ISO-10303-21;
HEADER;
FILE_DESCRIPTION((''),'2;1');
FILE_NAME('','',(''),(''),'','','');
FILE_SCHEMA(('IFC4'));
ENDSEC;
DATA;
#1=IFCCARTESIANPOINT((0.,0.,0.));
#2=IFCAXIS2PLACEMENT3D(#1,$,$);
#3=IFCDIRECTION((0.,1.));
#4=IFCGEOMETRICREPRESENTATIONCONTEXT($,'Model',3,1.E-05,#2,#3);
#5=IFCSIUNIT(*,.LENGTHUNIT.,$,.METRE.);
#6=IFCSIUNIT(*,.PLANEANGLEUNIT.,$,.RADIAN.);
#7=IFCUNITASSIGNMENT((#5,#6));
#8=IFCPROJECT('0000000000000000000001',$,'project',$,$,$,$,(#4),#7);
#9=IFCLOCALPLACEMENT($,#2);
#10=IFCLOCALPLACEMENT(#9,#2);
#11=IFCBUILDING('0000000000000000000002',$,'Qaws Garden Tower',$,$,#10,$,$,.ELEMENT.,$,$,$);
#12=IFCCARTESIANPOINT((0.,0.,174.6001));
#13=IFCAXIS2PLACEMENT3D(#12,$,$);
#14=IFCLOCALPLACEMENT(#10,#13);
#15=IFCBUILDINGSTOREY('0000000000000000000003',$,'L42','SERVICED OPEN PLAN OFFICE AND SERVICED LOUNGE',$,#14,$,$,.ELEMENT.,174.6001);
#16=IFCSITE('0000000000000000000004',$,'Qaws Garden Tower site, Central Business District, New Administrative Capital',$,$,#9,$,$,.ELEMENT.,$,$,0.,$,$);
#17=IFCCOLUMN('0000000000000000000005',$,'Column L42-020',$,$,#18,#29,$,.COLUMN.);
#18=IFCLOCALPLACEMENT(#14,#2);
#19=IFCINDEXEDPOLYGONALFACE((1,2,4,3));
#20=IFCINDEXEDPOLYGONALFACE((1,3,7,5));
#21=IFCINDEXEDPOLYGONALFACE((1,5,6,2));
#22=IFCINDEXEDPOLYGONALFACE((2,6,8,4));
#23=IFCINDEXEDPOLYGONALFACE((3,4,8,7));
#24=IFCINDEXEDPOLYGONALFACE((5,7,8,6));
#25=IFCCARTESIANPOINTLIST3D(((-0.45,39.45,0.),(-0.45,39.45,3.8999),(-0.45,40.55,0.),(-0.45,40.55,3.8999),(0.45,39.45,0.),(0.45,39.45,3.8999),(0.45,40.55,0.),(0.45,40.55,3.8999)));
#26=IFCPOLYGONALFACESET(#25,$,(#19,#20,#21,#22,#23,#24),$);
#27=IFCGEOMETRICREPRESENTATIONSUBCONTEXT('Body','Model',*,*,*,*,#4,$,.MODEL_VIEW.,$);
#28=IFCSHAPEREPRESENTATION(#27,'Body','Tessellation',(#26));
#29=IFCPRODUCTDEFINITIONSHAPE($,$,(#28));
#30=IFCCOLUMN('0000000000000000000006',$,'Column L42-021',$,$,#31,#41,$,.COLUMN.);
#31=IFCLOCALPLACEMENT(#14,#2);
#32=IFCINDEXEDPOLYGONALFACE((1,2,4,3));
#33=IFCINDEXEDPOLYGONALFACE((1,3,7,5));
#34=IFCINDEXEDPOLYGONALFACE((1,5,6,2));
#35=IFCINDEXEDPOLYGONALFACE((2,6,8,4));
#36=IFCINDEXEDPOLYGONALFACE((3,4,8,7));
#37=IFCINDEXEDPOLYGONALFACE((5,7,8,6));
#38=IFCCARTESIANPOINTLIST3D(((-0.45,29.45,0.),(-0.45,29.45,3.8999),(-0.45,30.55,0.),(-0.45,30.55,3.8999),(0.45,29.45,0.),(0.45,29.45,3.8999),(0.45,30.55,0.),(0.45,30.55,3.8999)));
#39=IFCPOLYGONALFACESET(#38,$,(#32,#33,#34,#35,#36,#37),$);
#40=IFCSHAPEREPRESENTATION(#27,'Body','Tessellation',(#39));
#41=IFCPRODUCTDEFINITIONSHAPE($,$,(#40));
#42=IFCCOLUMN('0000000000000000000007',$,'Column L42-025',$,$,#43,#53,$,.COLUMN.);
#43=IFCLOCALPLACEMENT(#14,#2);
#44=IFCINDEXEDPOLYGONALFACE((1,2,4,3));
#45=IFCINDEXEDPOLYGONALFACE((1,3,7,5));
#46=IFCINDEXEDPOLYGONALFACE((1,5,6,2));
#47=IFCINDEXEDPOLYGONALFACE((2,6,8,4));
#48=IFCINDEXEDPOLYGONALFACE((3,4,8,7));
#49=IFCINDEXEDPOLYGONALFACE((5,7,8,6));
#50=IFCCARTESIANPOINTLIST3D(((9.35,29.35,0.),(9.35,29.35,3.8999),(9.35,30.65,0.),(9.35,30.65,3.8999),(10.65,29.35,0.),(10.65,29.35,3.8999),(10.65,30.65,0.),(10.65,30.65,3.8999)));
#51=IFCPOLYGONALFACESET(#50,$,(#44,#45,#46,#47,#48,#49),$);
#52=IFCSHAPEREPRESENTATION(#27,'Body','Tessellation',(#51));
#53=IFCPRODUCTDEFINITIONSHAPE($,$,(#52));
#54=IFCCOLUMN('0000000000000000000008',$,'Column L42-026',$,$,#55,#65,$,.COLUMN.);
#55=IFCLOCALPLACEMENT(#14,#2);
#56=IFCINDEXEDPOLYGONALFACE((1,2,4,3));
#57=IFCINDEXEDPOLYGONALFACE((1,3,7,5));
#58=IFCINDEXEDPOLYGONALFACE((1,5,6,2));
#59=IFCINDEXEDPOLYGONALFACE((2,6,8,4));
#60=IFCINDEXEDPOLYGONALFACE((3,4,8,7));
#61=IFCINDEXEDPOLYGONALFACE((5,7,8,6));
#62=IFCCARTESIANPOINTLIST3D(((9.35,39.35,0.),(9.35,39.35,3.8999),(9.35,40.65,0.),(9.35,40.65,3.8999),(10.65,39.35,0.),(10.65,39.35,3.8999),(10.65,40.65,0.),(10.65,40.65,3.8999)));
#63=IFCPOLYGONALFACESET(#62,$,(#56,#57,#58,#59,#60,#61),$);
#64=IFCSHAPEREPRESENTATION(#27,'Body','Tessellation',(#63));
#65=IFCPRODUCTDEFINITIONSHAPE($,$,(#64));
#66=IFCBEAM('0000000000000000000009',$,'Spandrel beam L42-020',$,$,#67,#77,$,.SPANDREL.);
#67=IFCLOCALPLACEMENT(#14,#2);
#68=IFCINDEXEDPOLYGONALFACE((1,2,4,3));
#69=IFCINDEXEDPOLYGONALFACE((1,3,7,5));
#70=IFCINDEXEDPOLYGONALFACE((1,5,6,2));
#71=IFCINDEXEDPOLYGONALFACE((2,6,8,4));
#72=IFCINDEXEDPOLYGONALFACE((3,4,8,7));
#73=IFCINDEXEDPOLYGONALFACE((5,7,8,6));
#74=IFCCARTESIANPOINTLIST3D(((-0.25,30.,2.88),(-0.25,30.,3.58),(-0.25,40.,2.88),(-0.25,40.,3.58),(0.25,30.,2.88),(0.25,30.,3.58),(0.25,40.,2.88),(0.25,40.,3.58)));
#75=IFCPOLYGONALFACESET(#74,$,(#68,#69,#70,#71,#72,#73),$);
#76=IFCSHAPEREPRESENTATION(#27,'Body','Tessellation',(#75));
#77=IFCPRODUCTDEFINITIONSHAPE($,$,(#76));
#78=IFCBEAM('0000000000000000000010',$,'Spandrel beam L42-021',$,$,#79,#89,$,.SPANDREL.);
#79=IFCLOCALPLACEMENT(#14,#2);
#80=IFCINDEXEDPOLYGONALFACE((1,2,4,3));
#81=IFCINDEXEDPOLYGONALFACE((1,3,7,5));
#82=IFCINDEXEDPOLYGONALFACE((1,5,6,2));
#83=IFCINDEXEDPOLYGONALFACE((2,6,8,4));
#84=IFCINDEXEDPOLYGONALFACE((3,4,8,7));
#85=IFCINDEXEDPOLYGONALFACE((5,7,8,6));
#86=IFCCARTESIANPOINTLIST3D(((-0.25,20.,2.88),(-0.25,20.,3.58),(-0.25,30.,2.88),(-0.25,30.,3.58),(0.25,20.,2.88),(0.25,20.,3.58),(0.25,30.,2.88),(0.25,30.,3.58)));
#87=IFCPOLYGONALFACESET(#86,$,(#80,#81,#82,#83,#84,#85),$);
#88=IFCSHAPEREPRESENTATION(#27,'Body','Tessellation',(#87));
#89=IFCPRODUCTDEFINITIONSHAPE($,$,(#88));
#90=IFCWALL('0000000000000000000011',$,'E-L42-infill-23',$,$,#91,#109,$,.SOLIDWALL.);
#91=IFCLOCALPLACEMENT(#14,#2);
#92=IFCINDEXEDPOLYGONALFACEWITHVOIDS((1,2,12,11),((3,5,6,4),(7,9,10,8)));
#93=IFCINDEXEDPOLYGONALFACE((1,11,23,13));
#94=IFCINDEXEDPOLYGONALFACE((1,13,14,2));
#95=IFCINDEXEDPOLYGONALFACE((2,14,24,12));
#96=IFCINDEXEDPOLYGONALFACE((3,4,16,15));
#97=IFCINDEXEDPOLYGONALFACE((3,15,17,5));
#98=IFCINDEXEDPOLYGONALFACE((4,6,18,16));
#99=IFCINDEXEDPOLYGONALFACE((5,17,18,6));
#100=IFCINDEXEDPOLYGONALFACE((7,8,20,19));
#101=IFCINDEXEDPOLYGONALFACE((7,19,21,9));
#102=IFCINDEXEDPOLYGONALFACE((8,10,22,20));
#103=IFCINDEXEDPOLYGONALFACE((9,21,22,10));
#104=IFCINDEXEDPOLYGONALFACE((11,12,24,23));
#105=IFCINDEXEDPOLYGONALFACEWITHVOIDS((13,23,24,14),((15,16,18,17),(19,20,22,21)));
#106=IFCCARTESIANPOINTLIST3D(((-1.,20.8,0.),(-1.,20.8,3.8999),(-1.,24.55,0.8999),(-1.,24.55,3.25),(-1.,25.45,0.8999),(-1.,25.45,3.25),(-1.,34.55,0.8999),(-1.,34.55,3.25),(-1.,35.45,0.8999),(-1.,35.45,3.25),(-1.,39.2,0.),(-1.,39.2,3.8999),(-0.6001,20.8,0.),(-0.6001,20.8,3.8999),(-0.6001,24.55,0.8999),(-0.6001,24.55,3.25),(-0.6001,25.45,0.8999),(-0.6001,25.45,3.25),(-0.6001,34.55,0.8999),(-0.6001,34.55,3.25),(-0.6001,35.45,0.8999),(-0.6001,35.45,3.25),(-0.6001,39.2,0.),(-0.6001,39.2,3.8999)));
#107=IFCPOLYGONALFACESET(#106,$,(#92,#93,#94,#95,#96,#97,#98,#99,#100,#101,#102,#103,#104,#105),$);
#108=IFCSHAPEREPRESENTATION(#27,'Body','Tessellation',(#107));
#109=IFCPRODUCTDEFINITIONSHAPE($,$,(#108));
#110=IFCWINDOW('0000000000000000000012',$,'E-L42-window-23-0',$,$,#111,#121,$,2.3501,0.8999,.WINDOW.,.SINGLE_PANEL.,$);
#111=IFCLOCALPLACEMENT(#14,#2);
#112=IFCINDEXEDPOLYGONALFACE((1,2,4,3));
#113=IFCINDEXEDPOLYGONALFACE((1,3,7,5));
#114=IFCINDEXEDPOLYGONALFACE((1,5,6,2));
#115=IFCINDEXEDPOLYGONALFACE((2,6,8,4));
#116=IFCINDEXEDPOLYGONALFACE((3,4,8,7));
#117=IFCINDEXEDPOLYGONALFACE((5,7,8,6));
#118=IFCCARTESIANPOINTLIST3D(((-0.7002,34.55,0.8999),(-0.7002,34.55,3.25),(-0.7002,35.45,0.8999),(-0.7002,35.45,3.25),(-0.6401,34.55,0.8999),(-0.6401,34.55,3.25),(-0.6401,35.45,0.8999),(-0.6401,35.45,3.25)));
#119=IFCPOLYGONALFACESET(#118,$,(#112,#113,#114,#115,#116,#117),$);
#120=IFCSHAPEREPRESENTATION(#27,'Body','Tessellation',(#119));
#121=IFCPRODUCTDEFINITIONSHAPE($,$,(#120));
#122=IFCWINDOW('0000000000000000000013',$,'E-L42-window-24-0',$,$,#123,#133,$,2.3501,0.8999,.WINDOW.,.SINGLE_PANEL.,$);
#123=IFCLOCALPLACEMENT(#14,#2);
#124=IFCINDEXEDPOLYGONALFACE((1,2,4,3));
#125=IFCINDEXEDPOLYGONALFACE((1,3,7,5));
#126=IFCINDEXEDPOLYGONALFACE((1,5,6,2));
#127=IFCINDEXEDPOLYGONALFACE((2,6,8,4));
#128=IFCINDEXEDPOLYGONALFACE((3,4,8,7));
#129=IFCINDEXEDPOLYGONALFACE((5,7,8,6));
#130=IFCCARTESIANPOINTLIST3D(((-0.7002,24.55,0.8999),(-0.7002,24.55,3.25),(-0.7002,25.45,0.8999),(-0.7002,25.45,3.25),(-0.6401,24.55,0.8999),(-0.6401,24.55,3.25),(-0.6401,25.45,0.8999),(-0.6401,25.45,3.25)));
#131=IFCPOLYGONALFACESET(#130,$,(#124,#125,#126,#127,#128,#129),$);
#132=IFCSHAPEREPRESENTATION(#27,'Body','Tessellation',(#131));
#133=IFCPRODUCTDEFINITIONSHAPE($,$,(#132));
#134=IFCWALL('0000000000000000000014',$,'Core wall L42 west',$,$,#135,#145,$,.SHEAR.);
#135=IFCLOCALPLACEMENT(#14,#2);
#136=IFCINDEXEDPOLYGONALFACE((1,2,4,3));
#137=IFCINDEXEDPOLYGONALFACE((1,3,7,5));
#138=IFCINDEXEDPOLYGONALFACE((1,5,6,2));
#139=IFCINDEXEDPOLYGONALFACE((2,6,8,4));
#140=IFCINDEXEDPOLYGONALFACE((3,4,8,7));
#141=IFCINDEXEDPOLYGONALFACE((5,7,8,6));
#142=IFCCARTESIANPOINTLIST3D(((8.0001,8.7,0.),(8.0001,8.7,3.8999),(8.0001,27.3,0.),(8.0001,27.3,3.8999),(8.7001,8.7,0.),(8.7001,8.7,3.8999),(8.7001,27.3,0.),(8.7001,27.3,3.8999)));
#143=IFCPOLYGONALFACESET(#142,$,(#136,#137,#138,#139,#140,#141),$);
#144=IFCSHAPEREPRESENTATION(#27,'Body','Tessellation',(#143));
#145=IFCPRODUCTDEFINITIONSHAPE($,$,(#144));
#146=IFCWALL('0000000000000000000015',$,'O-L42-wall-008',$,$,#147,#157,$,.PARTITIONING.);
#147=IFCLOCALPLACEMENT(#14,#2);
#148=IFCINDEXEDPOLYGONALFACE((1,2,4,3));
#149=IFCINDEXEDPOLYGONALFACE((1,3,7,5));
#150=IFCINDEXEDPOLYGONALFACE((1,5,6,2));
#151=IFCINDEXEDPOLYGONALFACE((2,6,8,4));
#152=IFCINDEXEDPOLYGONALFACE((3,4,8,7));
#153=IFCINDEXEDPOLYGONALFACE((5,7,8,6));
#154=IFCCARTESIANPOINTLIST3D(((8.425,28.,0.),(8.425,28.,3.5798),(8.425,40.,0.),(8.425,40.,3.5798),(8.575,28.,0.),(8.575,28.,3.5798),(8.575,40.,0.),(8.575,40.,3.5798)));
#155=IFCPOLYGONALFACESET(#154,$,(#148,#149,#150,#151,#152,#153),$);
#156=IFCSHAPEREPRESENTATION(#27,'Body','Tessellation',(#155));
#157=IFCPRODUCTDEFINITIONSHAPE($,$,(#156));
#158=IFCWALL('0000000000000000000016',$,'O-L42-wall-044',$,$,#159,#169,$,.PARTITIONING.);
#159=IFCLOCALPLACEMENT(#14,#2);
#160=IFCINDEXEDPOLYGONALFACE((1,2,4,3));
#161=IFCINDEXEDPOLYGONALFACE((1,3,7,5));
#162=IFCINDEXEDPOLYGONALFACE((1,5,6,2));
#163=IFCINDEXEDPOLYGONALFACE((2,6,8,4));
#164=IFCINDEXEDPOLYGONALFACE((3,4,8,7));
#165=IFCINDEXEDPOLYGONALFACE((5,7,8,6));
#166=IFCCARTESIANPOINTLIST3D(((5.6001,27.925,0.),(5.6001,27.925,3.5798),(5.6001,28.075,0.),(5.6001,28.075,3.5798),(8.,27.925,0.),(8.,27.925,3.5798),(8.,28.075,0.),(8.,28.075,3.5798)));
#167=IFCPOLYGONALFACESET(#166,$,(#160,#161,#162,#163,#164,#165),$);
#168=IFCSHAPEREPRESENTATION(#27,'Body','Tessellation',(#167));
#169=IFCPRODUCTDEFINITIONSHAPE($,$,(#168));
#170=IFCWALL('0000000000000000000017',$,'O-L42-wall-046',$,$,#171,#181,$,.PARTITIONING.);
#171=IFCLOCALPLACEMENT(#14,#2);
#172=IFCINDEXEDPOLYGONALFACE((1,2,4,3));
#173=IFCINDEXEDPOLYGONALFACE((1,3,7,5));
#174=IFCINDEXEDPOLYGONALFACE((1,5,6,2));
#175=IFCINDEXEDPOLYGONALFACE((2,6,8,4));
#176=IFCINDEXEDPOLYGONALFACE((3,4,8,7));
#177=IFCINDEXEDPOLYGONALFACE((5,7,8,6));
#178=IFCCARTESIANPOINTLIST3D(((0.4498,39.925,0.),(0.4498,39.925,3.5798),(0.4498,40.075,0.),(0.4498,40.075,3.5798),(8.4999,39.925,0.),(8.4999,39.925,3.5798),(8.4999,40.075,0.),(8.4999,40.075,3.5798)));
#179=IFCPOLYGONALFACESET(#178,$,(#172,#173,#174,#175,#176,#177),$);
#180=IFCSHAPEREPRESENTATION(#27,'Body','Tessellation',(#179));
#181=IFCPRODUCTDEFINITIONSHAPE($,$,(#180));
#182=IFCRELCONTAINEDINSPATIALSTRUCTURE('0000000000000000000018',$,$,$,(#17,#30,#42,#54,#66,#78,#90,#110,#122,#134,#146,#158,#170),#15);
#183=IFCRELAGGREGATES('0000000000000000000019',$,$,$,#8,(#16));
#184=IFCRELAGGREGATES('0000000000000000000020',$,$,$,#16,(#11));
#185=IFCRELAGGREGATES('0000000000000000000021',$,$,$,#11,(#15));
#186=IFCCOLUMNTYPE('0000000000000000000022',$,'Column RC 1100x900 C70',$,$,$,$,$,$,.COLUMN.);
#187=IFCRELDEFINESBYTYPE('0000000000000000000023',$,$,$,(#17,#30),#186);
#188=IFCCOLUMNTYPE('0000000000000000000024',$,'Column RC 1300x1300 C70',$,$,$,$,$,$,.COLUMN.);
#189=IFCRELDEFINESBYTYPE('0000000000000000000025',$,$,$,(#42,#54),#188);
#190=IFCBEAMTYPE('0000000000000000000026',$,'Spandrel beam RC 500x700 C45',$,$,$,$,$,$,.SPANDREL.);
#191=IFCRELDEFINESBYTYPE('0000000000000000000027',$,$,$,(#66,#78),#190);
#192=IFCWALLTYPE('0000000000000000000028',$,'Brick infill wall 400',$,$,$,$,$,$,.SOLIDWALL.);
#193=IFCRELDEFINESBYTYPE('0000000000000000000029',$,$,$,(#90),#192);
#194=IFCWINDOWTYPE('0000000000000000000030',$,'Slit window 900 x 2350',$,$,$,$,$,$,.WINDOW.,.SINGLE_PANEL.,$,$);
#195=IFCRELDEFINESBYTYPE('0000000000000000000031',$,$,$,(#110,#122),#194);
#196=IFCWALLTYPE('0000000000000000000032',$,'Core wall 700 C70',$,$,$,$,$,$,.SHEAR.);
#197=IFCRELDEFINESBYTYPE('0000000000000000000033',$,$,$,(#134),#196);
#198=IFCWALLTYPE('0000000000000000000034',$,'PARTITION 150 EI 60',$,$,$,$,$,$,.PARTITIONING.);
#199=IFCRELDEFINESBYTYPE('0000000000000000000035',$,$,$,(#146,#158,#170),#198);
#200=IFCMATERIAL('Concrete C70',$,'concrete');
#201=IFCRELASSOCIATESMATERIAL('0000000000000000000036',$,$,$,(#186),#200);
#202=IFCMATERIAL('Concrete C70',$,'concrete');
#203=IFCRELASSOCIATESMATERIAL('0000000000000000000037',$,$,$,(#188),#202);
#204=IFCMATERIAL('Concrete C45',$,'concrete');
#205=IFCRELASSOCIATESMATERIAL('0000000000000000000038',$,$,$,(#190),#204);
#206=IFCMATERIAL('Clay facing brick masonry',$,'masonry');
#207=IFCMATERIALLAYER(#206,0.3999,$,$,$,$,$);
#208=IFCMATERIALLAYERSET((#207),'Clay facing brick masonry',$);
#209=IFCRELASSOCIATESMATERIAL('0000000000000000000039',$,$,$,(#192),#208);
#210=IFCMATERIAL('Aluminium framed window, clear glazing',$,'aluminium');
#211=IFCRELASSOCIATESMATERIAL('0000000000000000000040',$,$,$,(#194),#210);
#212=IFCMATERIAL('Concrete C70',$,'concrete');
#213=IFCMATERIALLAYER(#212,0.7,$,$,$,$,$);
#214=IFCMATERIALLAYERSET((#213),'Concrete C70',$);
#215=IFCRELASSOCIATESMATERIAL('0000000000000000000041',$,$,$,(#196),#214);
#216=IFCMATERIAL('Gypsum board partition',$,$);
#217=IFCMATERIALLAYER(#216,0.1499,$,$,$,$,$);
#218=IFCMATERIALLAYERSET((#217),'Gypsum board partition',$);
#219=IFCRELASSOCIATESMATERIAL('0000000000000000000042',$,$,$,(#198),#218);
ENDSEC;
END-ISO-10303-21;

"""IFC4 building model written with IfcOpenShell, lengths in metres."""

from ifc_helpers import new_model, si_unit, direction, frame, frame_2d, origin, origin_2d, place, context, subcontext, project, spatial, rectangle, extrude, material, layer, layer_set, material_profile, profile_set, type_object, element, fill, save


model = new_model("IFC4")

# Units and contexts
model_context = context("Model", 3, precision=1e-05, world=origin(), true_north=direction((0.0, 1.0)))
body_context = subcontext(model_context, "Body", "Model", "MODEL_VIEW")
ifc_project = project(units=[si_unit("LENGTHUNIT", "METRE"), si_unit("PLANEANGLEUNIT", "RADIAN")], contexts=[model_context])

# Site, building, storey
site_placement = place(None, origin())
site = spatial("IfcSite", under=ifc_project, at=site_placement, Name="Qaws Garden Tower site, Central Business District, New Administrative Capital", CompositionType="ELEMENT", RefElevation=0.0)
building_placement = place(site_placement, origin())
building = spatial("IfcBuilding", under=site, at=building_placement, Name="Qaws Garden Tower", CompositionType="ELEMENT")
storey_placement = place(building_placement, frame((0.0, 0.0, 174.6001)))
storey = spatial("IfcBuildingStorey", under=building, at=storey_placement, Name="L42", Description="SERVICED OPEN PLAN OFFICE AND SERVICED LOUNGE", CompositionType="ELEMENT", Elevation=174.6001)

# Columns
ifc_material_1 = material(Name="Concrete C70", Category="concrete")
ifc_material_profile_1 = material_profile(ifc_material_1, rectangle(XDim=1.1001, YDim=0.8999, at=origin_2d()), Name="RC 1100x900")
ifc_profile_set_1 = profile_set([ifc_material_profile_1], Name="Concrete C70")
column_type_1 = type_object("IfcColumnType", Name="Column RC 1100x900 C70", PredefinedType="COLUMN", material=ifc_profile_set_1)
for number, where, z_axis, x_axis, name in (
    (1, (0.0, 40.0, 0.0), (0.0, 0.0, 1.0), (0.0, 1.0, 0.0), "Column L42-020"),
    (2, (0.0, 30.0, 0.0), (0.0, 0.0, 1.0), (0.0, 1.0, 0.0), "Column L42-021"),
):
    element("IfcColumn", number, at=place(storey_placement, frame(where, z_axis=z_axis, x_axis=x_axis)), inside=storey, type_object=column_type_1, Name=name, PredefinedType="COLUMN", context=body_context, shape_type="SweptSolid", body=[
        extrude(rectangle(XDim=1.1001, YDim=0.8999, at=origin_2d()), origin(), (0.0, 0.0, 1.0), 3.8999),
    ])
ifc_material_2 = material(Name="Concrete C70", Category="concrete")
ifc_material_profile_2 = material_profile(ifc_material_2, rectangle(XDim=1.3, YDim=1.3, at=origin_2d()), Name="RC 1300x1300")
ifc_profile_set_2 = profile_set([ifc_material_profile_2], Name="Concrete C70")
column_type_2 = type_object("IfcColumnType", Name="Column RC 1300x1300 C70", PredefinedType="COLUMN", material=ifc_profile_set_2)
for number, where, z_axis, x_axis, name in (
    (3, (10.0, 30.0, 0.0), (0.0, 0.0, 1.0), (1.0, 0.0, 0.0), "Column L42-025"),
    (4, (10.0, 40.0, 0.0), (0.0, 0.0, 1.0), (1.0, 0.0, 0.0), "Column L42-026"),
):
    element("IfcColumn", number, at=place(storey_placement, frame(where, z_axis=z_axis, x_axis=x_axis)), inside=storey, type_object=column_type_2, Name=name, PredefinedType="COLUMN", context=body_context, shape_type="SweptSolid", body=[
        extrude(rectangle(XDim=1.3, YDim=1.3, at=origin_2d()), origin(), (0.0, 0.0, 1.0), 3.8999),
    ])

# Beams
ifc_material_3 = material(Name="Concrete C45", Category="concrete")
ifc_material_profile_3 = material_profile(ifc_material_3, rectangle(XDim=0.5, YDim=0.7, at=origin_2d()), Name="RC 500x700")
ifc_profile_set_3 = profile_set([ifc_material_profile_3], Name="Concrete C45")
beam_type = type_object("IfcBeamType", Name="Spandrel beam RC 500x700 C45", PredefinedType="SPANDREL", material=ifc_profile_set_3)
for number, where, z_axis, x_axis, name in (
    (5, (0.0, 40.0, 3.23), (0.0, -1.0, 0.0), (1.0, 0.0, 0.0), "Spandrel beam L42-020"),
    (6, (0.0, 30.0, 3.23), (0.0, -1.0, 0.0), (1.0, 0.0, 0.0), "Spandrel beam L42-021"),
):
    element("IfcBeam", number, at=place(storey_placement, frame(where, z_axis=z_axis, x_axis=x_axis)), inside=storey, type_object=beam_type, Name=name, PredefinedType="SPANDREL", context=body_context, shape_type="SweptSolid", body=[
        extrude(rectangle(XDim=0.5, YDim=0.7, at=origin_2d()), origin(), (0.0, 0.0, 1.0), 10.0),
    ])

# Wall, openings, windows
ifc_material_4 = material(Name="Clay facing brick masonry", Category="masonry")
ifc_layer_1 = layer(ifc_material_4, 0.3999)
ifc_layer_set_1 = layer_set([ifc_layer_1], Name="Clay facing brick masonry")
wall_type_1 = type_object("IfcWallType", Name="Brick infill wall 400", PredefinedType="SOLIDWALL", material=ifc_layer_set_1)
wall_1_placement = place(storey_placement, frame((-0.8, 39.2, 0.0), z_axis=(0.0, 0.0, 1.0), x_axis=(0.0, -1.0, 0.0)))
wall_1 = element("IfcWall", 7, at=wall_1_placement, inside=storey, type_object=wall_type_1, Name="E-L42-infill-23", PredefinedType="SOLIDWALL", context=body_context, shape_type="SweptSolid", body=[
    extrude(rectangle(XDim=18.3999, YDim=0.3999, at=frame_2d((9.2, 0.0))), origin(), (0.0, 0.0, 1.0), 3.8999),
])
opening_1_placement = place(wall_1_placement, frame((3.75, 0.0, 0.8999)))
opening_1 = element("IfcOpeningElement", 8, at=opening_1_placement, cuts=wall_1, PredefinedType="OPENING", context=body_context, shape_type="SweptSolid", body=[
    extrude(rectangle(XDim=0.8999, YDim=2.3501, at=frame_2d((0.45, 1.175))), frame((0.0, 0.21, 0.0), z_axis=(0.0, -1.0, 0.0), x_axis=(1.0, 0.0, 0.0)), (0.0, 0.0, 1.0), 0.4199),
])
opening_2_placement = place(wall_1_placement, frame((13.75, 0.0, 0.8999)))
opening_2 = element("IfcOpeningElement", 9, at=opening_2_placement, cuts=wall_1, PredefinedType="OPENING", context=body_context, shape_type="SweptSolid", body=[
    extrude(rectangle(XDim=0.8999, YDim=2.3501, at=frame_2d((0.45, 1.175))), frame((0.0, 0.21, 0.0), z_axis=(0.0, -1.0, 0.0), x_axis=(1.0, 0.0, 0.0)), (0.0, 0.0, 1.0), 0.4199),
])
ifc_material_5 = material(Name="Aluminium framed window, clear glazing", Category="aluminium")
window_type = type_object("IfcWindowType", Name="Slit window 900 x 2350", PartitioningType="SINGLE_PANEL", PredefinedType="WINDOW", material=ifc_material_5)
window_1_placement = place(opening_1_placement, origin())
window_1 = element("IfcWindow", 10, at=window_1_placement, inside=storey, type_object=window_type, Name="E-L42-window-23-0", OverallHeight=2.3501, OverallWidth=0.8999, PartitioningType="SINGLE_PANEL", PredefinedType="WINDOW", context=body_context, shape_type="SweptSolid", body=[
    extrude(rectangle(XDim=0.8999, YDim=2.3501, at=frame_2d((0.45, 1.175))), frame((0.0, 0.1599, 0.0), z_axis=(0.0, -1.0, 0.0), x_axis=(1.0, 0.0, 0.0)), (0.0, 0.0, 1.0), 0.0601),
])
fill(opening_1, window_1)
window_2_placement = place(opening_2_placement, origin())
window_2 = element("IfcWindow", 11, at=window_2_placement, inside=storey, type_object=window_type, Name="E-L42-window-24-0", OverallHeight=2.3501, OverallWidth=0.8999, PartitioningType="SINGLE_PANEL", PredefinedType="WINDOW", context=body_context, shape_type="SweptSolid", body=[
    extrude(rectangle(XDim=0.8999, YDim=2.3501, at=frame_2d((0.45, 1.175))), frame((0.0, 0.1599, 0.0), z_axis=(0.0, -1.0, 0.0), x_axis=(1.0, 0.0, 0.0)), (0.0, 0.0, 1.0), 0.0601),
])
fill(opening_2, window_2)

# Walls
ifc_material_6 = material(Name="Concrete C70", Category="concrete")
ifc_layer_2 = layer(ifc_material_6, 0.7)
ifc_layer_set_2 = layer_set([ifc_layer_2], Name="Concrete C70")
wall_type_2 = type_object("IfcWallType", Name="Core wall 700 C70", PredefinedType="SHEAR", material=ifc_layer_set_2)
wall_2_placement = place(storey_placement, frame((8.3501, 27.3, 0.0), z_axis=(0.0, 0.0, 1.0), x_axis=(0.0, -1.0, 0.0)))
element("IfcWall", 12, at=wall_2_placement, inside=storey, type_object=wall_type_2, Name="Core wall L42 west", PredefinedType="SHEAR", context=body_context, shape_type="SweptSolid", body=[
    extrude(rectangle(XDim=18.6001, YDim=0.7, at=frame_2d((9.3, 0.0))), origin(), (0.0, 0.0, 1.0), 3.8999),
])
ifc_material_7 = material(Name="Gypsum board partition")
ifc_layer_3 = layer(ifc_material_7, 0.1499)
ifc_layer_set_3 = layer_set([ifc_layer_3], Name="Gypsum board partition")
wall_type_3 = type_object("IfcWallType", Name="PARTITION 150 EI 60", PredefinedType="PARTITIONING", material=ifc_layer_set_3)
wall_3_placement = place(storey_placement, frame((8.5, 28.0, 0.0), z_axis=(0.0, 0.0, 1.0), x_axis=(0.0, 1.0, 0.0)))
element("IfcWall", 13, at=wall_3_placement, inside=storey, type_object=wall_type_3, Name="O-L42-wall-008", PredefinedType="PARTITIONING", context=body_context, shape_type="SweptSolid", body=[
    extrude(rectangle(XDim=12.0, YDim=0.1499, at=frame_2d((6.0, 0.0))), origin(), (0.0, 0.0, 1.0), 3.5798),
])
wall_4_placement = place(storey_placement, frame((5.6001, 28.0, 0.0), z_axis=(0.0, 0.0, 1.0), x_axis=(1.0, 0.0, 0.0)))
element("IfcWall", 14, at=wall_4_placement, inside=storey, type_object=wall_type_3, Name="O-L42-wall-044", PredefinedType="PARTITIONING", context=body_context, shape_type="SweptSolid", body=[
    extrude(rectangle(XDim=2.3999, YDim=0.1499, at=frame_2d((1.2, 0.0))), origin(), (0.0, 0.0, 1.0), 3.5798),
])
wall_5_placement = place(storey_placement, frame((0.45, 40.0, 0.0), z_axis=(0.0, 0.0, 1.0), x_axis=(1.0, 0.0, 0.0)))
element("IfcWall", 15, at=wall_5_placement, inside=storey, type_object=wall_type_3, Name="O-L42-wall-046", PredefinedType="PARTITIONING", context=body_context, shape_type="SweptSolid", body=[
    extrude(rectangle(XDim=8.05, YDim=0.1499, at=frame_2d((4.0249, 0.0))), origin(), (0.0, 0.0, 1.0), 3.5798),
])

save(model, "model.ifc")
